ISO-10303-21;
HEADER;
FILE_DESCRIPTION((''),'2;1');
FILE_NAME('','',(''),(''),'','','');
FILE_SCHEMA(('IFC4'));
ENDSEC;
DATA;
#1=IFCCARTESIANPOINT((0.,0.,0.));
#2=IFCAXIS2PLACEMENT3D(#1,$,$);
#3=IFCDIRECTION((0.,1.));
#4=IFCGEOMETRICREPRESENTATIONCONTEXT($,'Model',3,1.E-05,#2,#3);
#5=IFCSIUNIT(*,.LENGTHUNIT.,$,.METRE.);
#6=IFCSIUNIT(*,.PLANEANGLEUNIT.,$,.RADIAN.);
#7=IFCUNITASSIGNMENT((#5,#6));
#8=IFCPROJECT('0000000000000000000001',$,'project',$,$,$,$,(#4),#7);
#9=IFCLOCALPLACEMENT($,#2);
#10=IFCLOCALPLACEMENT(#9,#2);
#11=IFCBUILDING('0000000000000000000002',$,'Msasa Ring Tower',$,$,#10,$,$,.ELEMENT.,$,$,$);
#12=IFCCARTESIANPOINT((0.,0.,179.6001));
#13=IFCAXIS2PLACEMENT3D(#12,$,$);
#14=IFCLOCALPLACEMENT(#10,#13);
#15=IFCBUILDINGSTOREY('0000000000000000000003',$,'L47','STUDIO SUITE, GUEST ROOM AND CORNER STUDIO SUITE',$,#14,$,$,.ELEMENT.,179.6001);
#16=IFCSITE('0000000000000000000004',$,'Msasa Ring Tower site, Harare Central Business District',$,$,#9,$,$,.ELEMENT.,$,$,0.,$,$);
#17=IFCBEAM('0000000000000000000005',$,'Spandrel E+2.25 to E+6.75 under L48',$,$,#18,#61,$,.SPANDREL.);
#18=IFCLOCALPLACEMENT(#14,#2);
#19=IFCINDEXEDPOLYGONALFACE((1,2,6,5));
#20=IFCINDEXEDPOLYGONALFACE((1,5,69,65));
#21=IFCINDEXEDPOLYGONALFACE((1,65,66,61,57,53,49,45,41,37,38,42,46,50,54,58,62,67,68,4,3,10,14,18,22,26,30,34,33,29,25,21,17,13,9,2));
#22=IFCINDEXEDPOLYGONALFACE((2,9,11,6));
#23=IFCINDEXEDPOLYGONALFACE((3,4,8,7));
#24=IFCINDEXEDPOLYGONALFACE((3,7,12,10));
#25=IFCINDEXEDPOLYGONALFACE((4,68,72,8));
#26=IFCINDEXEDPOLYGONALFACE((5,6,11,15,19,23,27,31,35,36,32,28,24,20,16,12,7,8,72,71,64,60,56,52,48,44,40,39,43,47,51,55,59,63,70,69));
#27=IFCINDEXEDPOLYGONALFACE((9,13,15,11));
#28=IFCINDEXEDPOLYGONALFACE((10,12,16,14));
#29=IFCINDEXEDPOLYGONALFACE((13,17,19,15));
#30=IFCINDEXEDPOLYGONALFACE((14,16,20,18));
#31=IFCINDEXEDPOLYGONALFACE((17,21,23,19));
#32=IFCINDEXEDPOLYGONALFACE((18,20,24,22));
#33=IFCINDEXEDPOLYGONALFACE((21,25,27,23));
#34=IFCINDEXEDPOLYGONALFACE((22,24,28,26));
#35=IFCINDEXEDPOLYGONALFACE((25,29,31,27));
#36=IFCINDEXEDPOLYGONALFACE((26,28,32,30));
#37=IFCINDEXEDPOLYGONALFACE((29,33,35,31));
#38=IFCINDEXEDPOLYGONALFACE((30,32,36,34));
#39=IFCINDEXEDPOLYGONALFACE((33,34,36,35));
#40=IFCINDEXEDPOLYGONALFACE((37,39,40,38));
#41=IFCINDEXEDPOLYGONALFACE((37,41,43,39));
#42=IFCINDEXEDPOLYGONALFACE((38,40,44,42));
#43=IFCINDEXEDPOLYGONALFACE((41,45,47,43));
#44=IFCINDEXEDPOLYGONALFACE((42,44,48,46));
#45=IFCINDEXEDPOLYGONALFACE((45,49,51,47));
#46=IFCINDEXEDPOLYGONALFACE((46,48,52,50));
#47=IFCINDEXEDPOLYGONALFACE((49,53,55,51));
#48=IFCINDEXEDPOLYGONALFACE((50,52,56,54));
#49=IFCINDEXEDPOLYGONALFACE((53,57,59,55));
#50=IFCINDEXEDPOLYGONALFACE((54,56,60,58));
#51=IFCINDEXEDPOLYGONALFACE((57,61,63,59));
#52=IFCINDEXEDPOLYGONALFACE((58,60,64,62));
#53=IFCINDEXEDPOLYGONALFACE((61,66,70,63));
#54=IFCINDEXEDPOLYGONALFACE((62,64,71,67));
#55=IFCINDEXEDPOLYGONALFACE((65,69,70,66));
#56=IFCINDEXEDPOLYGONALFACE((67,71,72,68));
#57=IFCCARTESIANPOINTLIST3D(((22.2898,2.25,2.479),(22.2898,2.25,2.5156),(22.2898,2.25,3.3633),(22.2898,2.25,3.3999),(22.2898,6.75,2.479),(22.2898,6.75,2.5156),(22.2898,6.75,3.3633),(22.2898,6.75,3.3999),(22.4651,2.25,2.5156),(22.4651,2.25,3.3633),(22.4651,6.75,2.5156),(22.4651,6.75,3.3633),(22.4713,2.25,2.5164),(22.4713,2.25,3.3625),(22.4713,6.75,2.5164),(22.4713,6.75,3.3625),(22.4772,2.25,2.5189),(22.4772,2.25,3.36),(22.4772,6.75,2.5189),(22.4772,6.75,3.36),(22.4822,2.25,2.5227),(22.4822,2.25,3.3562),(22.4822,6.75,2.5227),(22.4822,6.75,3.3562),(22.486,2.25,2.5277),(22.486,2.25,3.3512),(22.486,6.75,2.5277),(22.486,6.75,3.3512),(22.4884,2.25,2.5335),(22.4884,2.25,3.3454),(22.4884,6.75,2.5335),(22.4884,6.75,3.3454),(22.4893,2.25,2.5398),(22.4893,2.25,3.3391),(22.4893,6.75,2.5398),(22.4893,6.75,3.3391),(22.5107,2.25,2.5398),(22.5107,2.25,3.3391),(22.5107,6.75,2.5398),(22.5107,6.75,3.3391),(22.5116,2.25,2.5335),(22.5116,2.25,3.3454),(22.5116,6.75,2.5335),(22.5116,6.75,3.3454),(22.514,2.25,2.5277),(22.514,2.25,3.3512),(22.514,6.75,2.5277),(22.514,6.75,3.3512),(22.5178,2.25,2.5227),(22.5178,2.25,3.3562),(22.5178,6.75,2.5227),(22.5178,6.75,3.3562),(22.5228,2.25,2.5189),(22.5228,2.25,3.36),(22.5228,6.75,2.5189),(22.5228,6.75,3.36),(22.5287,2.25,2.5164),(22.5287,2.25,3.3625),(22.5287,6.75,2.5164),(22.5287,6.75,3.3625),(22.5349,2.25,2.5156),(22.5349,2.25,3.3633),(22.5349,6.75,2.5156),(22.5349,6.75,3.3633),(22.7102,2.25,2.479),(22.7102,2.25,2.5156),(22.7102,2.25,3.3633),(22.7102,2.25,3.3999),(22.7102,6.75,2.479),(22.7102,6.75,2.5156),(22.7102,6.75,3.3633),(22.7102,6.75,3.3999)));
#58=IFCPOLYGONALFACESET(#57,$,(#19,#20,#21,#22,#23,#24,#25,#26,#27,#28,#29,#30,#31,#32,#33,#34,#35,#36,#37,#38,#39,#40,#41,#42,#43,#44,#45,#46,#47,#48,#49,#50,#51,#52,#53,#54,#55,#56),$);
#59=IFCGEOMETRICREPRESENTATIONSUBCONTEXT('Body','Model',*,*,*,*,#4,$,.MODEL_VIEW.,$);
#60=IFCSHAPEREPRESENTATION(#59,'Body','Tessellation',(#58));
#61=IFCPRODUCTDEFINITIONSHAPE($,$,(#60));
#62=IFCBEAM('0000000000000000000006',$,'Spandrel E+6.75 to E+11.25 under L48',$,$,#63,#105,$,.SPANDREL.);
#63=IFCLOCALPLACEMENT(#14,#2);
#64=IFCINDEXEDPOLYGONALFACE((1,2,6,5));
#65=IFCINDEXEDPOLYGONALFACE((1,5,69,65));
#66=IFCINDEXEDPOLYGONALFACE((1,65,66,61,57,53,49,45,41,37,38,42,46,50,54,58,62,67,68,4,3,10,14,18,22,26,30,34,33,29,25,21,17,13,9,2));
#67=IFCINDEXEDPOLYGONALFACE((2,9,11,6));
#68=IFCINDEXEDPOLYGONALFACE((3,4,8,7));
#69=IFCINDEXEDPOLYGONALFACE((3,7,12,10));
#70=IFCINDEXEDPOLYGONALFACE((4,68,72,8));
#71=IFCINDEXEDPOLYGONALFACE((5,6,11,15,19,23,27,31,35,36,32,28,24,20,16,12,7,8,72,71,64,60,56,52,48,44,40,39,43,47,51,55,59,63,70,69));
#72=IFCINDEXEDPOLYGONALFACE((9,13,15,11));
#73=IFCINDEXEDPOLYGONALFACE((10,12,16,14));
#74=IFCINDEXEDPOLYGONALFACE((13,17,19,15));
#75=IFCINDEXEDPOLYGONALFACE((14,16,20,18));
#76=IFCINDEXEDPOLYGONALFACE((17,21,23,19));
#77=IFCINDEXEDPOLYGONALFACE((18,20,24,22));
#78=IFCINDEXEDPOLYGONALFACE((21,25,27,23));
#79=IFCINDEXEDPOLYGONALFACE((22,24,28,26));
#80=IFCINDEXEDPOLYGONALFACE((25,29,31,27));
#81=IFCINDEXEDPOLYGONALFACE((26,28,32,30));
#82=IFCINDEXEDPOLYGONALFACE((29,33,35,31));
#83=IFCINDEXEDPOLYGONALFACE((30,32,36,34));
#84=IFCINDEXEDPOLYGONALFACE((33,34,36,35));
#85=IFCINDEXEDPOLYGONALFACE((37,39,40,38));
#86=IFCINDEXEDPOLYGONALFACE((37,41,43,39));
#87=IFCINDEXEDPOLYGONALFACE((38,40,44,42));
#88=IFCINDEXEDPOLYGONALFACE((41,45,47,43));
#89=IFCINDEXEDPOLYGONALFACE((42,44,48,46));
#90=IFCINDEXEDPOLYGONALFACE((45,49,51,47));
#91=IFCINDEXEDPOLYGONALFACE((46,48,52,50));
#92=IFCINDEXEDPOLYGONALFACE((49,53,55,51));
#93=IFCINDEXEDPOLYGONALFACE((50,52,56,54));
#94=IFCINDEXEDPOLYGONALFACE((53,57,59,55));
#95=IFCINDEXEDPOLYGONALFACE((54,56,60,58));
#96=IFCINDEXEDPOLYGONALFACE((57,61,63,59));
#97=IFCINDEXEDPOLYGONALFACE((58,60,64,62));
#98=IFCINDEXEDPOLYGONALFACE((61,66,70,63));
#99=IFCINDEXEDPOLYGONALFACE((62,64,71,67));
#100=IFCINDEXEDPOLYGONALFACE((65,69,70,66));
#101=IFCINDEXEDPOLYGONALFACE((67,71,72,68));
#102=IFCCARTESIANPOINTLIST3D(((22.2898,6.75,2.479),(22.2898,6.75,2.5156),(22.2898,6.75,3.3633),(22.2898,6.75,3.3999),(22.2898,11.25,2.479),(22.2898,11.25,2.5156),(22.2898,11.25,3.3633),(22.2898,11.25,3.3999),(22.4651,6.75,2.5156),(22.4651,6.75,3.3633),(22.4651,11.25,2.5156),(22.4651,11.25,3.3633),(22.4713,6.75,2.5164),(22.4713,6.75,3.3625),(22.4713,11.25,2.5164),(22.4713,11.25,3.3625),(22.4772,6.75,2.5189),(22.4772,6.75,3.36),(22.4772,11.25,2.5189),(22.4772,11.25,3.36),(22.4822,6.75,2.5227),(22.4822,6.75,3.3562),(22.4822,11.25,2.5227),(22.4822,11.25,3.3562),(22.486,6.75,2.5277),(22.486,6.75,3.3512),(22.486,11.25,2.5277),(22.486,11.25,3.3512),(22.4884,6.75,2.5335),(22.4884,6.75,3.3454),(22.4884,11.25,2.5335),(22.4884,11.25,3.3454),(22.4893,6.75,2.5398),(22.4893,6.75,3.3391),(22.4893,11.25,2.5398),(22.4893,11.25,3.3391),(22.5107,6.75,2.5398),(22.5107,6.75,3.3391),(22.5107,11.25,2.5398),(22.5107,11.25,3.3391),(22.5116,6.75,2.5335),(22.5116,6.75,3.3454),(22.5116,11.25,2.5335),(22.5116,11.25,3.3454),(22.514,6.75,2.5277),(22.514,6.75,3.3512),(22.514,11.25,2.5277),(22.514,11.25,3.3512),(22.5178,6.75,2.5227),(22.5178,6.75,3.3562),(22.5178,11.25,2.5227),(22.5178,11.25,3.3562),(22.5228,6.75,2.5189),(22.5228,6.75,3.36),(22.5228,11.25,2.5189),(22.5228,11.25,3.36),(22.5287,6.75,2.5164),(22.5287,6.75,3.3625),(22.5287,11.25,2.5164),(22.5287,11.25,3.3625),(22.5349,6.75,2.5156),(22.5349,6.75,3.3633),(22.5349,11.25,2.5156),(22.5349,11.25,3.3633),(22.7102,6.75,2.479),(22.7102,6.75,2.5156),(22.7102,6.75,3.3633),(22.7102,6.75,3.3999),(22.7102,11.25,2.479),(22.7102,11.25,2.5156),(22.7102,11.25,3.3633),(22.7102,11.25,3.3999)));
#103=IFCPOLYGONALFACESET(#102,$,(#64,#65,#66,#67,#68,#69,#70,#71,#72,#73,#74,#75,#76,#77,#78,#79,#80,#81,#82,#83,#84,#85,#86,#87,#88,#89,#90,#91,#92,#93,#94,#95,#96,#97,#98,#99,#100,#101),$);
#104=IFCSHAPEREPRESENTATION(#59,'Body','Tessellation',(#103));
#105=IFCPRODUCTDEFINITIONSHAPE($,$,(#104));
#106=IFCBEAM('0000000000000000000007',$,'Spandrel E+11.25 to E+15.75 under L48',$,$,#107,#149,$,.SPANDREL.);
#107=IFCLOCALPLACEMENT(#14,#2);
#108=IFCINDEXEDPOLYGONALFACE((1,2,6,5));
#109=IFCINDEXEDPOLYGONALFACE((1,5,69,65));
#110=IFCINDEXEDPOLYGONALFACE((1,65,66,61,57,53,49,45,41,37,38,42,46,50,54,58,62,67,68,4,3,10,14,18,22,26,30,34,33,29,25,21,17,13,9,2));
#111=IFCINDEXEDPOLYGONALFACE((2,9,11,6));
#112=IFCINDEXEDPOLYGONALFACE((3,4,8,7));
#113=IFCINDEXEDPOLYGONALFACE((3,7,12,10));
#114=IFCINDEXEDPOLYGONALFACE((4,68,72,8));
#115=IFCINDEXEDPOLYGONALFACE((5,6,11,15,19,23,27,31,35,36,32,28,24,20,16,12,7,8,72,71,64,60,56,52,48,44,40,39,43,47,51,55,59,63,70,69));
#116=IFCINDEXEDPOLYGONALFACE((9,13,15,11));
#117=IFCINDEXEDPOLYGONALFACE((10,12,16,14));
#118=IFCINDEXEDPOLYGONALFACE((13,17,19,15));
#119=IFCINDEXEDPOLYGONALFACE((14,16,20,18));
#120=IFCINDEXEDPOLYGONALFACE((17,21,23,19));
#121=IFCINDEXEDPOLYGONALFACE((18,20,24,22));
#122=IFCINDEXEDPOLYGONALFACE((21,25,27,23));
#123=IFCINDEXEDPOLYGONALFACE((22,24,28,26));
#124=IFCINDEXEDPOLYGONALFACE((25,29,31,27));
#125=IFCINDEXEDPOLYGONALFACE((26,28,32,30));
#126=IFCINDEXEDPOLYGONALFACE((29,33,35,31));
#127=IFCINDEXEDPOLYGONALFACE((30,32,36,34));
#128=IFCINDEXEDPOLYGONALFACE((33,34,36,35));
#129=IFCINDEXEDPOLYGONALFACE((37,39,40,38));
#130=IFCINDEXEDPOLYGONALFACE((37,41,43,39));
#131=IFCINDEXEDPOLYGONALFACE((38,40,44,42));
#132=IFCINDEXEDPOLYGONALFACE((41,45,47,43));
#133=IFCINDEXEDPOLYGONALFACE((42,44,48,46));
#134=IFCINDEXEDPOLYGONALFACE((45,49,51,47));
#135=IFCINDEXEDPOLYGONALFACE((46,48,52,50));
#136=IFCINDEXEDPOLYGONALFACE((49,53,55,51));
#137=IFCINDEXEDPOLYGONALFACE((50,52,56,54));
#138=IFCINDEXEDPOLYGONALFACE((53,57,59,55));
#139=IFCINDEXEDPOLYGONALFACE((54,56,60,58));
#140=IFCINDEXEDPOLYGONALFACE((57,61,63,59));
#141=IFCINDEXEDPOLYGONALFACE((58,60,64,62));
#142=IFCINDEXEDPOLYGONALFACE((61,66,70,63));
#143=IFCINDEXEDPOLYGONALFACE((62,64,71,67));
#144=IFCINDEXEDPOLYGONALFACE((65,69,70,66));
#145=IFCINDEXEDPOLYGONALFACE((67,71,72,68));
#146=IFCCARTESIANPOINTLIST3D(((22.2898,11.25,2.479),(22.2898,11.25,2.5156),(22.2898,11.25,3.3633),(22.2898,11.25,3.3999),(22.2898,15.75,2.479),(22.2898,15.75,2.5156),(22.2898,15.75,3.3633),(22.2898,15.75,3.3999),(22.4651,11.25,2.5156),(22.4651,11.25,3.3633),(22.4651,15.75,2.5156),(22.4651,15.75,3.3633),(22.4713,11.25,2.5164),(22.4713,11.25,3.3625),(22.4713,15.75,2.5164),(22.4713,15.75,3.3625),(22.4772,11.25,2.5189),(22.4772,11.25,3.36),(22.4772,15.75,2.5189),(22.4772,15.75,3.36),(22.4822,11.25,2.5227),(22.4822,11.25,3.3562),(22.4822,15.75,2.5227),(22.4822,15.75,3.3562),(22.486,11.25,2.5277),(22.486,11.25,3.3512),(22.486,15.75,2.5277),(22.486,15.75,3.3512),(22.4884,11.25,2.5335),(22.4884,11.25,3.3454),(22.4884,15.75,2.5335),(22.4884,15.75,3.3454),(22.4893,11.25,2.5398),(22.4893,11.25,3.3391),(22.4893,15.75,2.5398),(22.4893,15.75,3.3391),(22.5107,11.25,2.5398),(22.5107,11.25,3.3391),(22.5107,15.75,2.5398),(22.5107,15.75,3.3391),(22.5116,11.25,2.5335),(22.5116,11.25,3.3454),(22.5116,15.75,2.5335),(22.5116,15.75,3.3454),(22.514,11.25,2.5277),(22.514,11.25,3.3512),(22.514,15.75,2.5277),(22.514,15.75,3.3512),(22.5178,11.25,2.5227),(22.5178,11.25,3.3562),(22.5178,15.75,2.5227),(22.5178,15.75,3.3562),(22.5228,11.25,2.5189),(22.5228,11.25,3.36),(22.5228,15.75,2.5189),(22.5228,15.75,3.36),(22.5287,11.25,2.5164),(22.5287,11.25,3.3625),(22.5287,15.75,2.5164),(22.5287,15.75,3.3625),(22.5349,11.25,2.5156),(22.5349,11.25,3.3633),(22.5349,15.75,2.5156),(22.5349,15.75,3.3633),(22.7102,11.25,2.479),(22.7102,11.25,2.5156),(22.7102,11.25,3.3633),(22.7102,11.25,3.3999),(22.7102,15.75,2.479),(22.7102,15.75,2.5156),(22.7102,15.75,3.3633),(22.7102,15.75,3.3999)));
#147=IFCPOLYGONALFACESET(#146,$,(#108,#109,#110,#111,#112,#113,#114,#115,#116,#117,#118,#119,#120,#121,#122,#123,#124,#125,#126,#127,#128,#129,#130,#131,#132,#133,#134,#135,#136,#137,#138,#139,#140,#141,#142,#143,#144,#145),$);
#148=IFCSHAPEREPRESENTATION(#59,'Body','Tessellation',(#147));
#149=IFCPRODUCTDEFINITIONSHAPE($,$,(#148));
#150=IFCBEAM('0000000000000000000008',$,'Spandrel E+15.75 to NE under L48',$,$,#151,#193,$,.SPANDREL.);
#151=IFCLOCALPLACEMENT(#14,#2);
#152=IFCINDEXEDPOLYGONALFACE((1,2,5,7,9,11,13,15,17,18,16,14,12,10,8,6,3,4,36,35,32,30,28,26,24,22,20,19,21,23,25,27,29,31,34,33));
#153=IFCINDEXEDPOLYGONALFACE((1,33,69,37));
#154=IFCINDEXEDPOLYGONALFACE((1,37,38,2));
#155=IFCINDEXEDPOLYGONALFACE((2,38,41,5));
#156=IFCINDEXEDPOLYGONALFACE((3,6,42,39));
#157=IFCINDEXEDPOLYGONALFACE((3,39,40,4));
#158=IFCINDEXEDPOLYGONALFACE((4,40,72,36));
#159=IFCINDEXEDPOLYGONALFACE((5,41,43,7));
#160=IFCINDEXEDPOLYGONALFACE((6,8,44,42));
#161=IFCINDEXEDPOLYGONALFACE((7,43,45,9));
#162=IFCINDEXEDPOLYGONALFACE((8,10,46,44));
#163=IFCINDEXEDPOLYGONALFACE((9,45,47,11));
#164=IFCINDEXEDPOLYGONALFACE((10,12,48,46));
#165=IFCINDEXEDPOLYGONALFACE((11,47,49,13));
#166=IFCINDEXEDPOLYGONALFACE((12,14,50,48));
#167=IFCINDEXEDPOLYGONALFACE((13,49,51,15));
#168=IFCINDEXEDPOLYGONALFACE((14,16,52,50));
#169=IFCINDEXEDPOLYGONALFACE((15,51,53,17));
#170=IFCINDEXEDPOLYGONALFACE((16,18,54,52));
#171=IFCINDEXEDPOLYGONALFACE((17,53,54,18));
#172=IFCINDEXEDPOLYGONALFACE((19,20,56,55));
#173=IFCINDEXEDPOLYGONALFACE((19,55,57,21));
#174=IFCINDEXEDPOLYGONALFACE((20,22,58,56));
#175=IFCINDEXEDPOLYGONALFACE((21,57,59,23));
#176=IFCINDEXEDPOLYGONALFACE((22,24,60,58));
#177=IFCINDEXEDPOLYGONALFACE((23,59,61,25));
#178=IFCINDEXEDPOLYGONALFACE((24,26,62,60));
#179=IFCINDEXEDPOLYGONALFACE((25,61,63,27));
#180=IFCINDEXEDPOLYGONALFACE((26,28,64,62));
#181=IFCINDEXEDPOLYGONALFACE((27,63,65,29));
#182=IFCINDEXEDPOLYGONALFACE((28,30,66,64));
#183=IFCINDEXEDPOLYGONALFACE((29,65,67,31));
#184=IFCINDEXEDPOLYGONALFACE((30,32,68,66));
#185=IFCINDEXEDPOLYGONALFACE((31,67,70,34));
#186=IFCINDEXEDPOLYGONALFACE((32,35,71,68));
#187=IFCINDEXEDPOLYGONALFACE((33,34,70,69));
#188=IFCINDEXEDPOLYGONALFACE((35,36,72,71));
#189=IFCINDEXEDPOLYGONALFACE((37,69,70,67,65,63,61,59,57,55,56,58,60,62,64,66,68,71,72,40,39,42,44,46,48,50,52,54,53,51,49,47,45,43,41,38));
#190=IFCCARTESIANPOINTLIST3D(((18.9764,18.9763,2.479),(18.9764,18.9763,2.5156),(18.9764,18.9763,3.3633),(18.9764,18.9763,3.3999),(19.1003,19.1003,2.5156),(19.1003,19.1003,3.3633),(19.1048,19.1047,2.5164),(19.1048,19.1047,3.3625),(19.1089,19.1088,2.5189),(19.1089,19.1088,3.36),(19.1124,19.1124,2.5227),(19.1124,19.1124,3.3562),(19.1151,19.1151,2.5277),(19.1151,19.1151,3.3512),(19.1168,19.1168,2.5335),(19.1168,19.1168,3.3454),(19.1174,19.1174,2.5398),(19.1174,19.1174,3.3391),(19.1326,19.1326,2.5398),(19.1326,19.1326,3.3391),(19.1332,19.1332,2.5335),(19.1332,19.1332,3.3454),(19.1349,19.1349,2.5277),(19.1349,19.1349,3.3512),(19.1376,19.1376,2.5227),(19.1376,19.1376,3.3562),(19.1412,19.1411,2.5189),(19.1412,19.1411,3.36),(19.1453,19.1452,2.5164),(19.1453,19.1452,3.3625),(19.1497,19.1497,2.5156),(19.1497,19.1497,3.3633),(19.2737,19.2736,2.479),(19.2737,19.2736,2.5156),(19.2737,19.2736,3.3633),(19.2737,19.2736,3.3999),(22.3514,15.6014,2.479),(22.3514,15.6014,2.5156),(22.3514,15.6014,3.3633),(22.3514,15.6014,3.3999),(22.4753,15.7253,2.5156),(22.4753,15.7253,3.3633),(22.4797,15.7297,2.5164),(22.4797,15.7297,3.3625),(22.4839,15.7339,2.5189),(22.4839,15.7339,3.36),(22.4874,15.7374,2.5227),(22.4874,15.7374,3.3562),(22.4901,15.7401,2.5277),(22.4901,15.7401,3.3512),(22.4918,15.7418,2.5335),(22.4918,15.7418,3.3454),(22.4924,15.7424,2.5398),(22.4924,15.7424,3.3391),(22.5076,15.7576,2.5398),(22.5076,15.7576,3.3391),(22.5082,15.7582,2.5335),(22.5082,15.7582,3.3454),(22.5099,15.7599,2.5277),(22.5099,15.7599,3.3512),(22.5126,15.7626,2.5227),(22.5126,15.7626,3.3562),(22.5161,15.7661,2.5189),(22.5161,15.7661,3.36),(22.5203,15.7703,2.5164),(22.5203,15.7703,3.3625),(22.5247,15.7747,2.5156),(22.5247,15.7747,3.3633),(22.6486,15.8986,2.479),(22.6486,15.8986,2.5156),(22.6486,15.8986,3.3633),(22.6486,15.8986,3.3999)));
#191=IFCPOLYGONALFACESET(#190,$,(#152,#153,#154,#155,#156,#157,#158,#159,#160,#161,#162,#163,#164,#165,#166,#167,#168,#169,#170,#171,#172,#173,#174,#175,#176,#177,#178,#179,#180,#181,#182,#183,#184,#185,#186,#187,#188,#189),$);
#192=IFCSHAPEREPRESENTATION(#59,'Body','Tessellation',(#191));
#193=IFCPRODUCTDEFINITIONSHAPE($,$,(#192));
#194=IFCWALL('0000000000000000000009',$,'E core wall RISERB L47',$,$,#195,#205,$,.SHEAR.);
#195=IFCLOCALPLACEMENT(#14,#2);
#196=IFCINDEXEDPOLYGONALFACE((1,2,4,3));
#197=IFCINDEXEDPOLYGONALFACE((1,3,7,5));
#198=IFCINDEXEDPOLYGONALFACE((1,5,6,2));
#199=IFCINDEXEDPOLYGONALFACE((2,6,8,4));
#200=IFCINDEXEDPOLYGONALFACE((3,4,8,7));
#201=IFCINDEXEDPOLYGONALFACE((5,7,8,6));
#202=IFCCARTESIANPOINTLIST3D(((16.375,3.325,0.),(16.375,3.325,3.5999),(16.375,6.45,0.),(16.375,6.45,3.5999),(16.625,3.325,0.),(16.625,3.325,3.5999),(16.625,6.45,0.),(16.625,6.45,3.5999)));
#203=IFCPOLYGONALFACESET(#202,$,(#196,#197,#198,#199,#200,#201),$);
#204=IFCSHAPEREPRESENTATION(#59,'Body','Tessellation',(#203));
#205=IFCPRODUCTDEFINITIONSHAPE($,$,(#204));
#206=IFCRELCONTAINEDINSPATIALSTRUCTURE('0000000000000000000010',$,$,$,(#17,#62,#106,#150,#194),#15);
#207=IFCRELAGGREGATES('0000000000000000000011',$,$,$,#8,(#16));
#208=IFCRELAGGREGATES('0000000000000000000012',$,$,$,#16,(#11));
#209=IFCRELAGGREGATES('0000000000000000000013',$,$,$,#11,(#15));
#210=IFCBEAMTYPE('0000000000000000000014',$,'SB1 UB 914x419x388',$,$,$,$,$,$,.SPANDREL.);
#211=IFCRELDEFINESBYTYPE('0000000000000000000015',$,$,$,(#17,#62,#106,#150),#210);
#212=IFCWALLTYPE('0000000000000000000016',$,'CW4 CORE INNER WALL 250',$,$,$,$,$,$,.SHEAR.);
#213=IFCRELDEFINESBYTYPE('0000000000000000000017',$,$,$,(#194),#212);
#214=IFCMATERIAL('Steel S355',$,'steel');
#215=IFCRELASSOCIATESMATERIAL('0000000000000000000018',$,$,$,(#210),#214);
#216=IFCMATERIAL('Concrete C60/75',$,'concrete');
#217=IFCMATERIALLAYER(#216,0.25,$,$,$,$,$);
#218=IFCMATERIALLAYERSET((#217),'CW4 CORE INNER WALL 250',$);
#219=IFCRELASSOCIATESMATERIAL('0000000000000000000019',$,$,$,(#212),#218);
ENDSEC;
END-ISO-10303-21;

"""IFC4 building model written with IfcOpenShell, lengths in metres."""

from ifc_helpers import new_model, si_unit, direction, frame, frame_2d, origin, origin_2d, place, context, subcontext, project, spatial, rectangle, i_section, extrude, material, layer, layer_set, material_profile, profile_set, type_object, element, save


model = new_model("IFC4")

# Units and contexts
model_context = context("Model", 3, precision=1e-05, world=origin(), true_north=direction((0.0, 1.0)))
body_context = subcontext(model_context, "Body", "Model", "MODEL_VIEW")
ifc_project = project(units=[si_unit("LENGTHUNIT", "METRE"), si_unit("PLANEANGLEUNIT", "RADIAN")], contexts=[model_context])

# Site, building, storey
site_placement = place(None, origin())
site = spatial("IfcSite", under=ifc_project, at=site_placement, Name="Msasa Ring Tower site, Harare Central Business District", CompositionType="ELEMENT", RefElevation=0.0)
building_placement = place(site_placement, origin())
building = spatial("IfcBuilding", under=site, at=building_placement, Name="Msasa Ring Tower", CompositionType="ELEMENT")
storey_placement = place(building_placement, frame((0.0, 0.0, 179.6001)))
storey = spatial("IfcBuildingStorey", under=building, at=storey_placement, Name="L47", Description="STUDIO SUITE, GUEST ROOM AND CORNER STUDIO SUITE", CompositionType="ELEMENT", Elevation=179.6001)

# Beams
ifc_material_1 = material(Name="Steel S355", Category="steel")
ifc_material_profile_1 = material_profile(ifc_material_1, i_section(OverallWidth=0.4204, OverallDepth=0.9209, WebThickness=0.0215, FlangeThickness=0.0366, FilletRadius=0.0242, at=origin_2d()), Name="UB 914x419x388")
ifc_profile_set_1 = profile_set([ifc_material_profile_1], Name="Steel S355")
beam_type_1 = type_object("IfcBeamType", Name="SB1 UB 914x419x388", PredefinedType="SPANDREL", material=ifc_profile_set_1)
for number, where, z_axis, x_axis, name in (
    (1, (22.5, 2.25, 2.9395), (0.0, 1.0, 0.0), (-1.0, 0.0, 0.0), "Spandrel E+2.25 to E+6.75 under L48"),
    (2, (22.5, 6.75, 2.9395), (0.0, 1.0, 0.0), (-1.0, 0.0, 0.0), "Spandrel E+6.75 to E+11.25 under L48"),
    (3, (22.5, 11.25, 2.9395), (0.0, 1.0, 0.0), (-1.0, 0.0, 0.0), "Spandrel E+11.25 to E+15.75 under L48"),
):
    element("IfcBeam", number, at=place(storey_placement, frame(where, z_axis=z_axis, x_axis=x_axis)), inside=storey, type_object=beam_type_1, Name=name, PredefinedType="SPANDREL", context=body_context, shape_type="SweptSolid", body=[
        extrude(i_section(OverallWidth=0.4204, OverallDepth=0.9209, WebThickness=0.0215, FlangeThickness=0.0366, FilletRadius=0.0242, at=origin_2d()), origin(), (0.0, 0.0, 1.0), 4.5),
    ])
beam_1_placement = place(storey_placement, frame((22.5, 15.75, 2.9395), z_axis=(-0.707107, 0.707107, 0.0), x_axis=(-0.707107, -0.707107, 0.0)))
element("IfcBeam", 4, at=beam_1_placement, inside=storey, type_object=beam_type_1, Name="Spandrel E+15.75 to NE under L48", PredefinedType="SPANDREL", context=body_context, shape_type="SweptSolid", body=[
    extrude(i_section(OverallWidth=0.4204, OverallDepth=0.9209, WebThickness=0.0215, FlangeThickness=0.0366, FilletRadius=0.0242, at=origin_2d()), origin(), (0.0, 0.0, 1.0), 4.7729),
])

# Wall
ifc_material_2 = material(Name="Concrete C60/75", Category="concrete")
ifc_layer_1 = layer(ifc_material_2, 0.25)
ifc_layer_set_1 = layer_set([ifc_layer_1], Name="CW4 CORE INNER WALL 250")
wall_type_1 = type_object("IfcWallType", Name="CW4 CORE INNER WALL 250", PredefinedType="SHEAR", material=ifc_layer_set_1)
wall_1_placement = place(storey_placement, frame((16.5, 3.325, 0.0), z_axis=(0.0, 0.0, 1.0), x_axis=(0.0, 1.0, 0.0)))
element("IfcWall", 5, at=wall_1_placement, inside=storey, type_object=wall_type_1, Name="E core wall RISERB L47", PredefinedType="SHEAR", context=body_context, shape_type="SweptSolid", body=[
    extrude(rectangle(XDim=3.125, YDim=0.25, at=frame_2d((1.5625, 0.0))), origin(), (0.0, 0.0, 1.0), 3.5999),
])

save(model, "model.ifc")
